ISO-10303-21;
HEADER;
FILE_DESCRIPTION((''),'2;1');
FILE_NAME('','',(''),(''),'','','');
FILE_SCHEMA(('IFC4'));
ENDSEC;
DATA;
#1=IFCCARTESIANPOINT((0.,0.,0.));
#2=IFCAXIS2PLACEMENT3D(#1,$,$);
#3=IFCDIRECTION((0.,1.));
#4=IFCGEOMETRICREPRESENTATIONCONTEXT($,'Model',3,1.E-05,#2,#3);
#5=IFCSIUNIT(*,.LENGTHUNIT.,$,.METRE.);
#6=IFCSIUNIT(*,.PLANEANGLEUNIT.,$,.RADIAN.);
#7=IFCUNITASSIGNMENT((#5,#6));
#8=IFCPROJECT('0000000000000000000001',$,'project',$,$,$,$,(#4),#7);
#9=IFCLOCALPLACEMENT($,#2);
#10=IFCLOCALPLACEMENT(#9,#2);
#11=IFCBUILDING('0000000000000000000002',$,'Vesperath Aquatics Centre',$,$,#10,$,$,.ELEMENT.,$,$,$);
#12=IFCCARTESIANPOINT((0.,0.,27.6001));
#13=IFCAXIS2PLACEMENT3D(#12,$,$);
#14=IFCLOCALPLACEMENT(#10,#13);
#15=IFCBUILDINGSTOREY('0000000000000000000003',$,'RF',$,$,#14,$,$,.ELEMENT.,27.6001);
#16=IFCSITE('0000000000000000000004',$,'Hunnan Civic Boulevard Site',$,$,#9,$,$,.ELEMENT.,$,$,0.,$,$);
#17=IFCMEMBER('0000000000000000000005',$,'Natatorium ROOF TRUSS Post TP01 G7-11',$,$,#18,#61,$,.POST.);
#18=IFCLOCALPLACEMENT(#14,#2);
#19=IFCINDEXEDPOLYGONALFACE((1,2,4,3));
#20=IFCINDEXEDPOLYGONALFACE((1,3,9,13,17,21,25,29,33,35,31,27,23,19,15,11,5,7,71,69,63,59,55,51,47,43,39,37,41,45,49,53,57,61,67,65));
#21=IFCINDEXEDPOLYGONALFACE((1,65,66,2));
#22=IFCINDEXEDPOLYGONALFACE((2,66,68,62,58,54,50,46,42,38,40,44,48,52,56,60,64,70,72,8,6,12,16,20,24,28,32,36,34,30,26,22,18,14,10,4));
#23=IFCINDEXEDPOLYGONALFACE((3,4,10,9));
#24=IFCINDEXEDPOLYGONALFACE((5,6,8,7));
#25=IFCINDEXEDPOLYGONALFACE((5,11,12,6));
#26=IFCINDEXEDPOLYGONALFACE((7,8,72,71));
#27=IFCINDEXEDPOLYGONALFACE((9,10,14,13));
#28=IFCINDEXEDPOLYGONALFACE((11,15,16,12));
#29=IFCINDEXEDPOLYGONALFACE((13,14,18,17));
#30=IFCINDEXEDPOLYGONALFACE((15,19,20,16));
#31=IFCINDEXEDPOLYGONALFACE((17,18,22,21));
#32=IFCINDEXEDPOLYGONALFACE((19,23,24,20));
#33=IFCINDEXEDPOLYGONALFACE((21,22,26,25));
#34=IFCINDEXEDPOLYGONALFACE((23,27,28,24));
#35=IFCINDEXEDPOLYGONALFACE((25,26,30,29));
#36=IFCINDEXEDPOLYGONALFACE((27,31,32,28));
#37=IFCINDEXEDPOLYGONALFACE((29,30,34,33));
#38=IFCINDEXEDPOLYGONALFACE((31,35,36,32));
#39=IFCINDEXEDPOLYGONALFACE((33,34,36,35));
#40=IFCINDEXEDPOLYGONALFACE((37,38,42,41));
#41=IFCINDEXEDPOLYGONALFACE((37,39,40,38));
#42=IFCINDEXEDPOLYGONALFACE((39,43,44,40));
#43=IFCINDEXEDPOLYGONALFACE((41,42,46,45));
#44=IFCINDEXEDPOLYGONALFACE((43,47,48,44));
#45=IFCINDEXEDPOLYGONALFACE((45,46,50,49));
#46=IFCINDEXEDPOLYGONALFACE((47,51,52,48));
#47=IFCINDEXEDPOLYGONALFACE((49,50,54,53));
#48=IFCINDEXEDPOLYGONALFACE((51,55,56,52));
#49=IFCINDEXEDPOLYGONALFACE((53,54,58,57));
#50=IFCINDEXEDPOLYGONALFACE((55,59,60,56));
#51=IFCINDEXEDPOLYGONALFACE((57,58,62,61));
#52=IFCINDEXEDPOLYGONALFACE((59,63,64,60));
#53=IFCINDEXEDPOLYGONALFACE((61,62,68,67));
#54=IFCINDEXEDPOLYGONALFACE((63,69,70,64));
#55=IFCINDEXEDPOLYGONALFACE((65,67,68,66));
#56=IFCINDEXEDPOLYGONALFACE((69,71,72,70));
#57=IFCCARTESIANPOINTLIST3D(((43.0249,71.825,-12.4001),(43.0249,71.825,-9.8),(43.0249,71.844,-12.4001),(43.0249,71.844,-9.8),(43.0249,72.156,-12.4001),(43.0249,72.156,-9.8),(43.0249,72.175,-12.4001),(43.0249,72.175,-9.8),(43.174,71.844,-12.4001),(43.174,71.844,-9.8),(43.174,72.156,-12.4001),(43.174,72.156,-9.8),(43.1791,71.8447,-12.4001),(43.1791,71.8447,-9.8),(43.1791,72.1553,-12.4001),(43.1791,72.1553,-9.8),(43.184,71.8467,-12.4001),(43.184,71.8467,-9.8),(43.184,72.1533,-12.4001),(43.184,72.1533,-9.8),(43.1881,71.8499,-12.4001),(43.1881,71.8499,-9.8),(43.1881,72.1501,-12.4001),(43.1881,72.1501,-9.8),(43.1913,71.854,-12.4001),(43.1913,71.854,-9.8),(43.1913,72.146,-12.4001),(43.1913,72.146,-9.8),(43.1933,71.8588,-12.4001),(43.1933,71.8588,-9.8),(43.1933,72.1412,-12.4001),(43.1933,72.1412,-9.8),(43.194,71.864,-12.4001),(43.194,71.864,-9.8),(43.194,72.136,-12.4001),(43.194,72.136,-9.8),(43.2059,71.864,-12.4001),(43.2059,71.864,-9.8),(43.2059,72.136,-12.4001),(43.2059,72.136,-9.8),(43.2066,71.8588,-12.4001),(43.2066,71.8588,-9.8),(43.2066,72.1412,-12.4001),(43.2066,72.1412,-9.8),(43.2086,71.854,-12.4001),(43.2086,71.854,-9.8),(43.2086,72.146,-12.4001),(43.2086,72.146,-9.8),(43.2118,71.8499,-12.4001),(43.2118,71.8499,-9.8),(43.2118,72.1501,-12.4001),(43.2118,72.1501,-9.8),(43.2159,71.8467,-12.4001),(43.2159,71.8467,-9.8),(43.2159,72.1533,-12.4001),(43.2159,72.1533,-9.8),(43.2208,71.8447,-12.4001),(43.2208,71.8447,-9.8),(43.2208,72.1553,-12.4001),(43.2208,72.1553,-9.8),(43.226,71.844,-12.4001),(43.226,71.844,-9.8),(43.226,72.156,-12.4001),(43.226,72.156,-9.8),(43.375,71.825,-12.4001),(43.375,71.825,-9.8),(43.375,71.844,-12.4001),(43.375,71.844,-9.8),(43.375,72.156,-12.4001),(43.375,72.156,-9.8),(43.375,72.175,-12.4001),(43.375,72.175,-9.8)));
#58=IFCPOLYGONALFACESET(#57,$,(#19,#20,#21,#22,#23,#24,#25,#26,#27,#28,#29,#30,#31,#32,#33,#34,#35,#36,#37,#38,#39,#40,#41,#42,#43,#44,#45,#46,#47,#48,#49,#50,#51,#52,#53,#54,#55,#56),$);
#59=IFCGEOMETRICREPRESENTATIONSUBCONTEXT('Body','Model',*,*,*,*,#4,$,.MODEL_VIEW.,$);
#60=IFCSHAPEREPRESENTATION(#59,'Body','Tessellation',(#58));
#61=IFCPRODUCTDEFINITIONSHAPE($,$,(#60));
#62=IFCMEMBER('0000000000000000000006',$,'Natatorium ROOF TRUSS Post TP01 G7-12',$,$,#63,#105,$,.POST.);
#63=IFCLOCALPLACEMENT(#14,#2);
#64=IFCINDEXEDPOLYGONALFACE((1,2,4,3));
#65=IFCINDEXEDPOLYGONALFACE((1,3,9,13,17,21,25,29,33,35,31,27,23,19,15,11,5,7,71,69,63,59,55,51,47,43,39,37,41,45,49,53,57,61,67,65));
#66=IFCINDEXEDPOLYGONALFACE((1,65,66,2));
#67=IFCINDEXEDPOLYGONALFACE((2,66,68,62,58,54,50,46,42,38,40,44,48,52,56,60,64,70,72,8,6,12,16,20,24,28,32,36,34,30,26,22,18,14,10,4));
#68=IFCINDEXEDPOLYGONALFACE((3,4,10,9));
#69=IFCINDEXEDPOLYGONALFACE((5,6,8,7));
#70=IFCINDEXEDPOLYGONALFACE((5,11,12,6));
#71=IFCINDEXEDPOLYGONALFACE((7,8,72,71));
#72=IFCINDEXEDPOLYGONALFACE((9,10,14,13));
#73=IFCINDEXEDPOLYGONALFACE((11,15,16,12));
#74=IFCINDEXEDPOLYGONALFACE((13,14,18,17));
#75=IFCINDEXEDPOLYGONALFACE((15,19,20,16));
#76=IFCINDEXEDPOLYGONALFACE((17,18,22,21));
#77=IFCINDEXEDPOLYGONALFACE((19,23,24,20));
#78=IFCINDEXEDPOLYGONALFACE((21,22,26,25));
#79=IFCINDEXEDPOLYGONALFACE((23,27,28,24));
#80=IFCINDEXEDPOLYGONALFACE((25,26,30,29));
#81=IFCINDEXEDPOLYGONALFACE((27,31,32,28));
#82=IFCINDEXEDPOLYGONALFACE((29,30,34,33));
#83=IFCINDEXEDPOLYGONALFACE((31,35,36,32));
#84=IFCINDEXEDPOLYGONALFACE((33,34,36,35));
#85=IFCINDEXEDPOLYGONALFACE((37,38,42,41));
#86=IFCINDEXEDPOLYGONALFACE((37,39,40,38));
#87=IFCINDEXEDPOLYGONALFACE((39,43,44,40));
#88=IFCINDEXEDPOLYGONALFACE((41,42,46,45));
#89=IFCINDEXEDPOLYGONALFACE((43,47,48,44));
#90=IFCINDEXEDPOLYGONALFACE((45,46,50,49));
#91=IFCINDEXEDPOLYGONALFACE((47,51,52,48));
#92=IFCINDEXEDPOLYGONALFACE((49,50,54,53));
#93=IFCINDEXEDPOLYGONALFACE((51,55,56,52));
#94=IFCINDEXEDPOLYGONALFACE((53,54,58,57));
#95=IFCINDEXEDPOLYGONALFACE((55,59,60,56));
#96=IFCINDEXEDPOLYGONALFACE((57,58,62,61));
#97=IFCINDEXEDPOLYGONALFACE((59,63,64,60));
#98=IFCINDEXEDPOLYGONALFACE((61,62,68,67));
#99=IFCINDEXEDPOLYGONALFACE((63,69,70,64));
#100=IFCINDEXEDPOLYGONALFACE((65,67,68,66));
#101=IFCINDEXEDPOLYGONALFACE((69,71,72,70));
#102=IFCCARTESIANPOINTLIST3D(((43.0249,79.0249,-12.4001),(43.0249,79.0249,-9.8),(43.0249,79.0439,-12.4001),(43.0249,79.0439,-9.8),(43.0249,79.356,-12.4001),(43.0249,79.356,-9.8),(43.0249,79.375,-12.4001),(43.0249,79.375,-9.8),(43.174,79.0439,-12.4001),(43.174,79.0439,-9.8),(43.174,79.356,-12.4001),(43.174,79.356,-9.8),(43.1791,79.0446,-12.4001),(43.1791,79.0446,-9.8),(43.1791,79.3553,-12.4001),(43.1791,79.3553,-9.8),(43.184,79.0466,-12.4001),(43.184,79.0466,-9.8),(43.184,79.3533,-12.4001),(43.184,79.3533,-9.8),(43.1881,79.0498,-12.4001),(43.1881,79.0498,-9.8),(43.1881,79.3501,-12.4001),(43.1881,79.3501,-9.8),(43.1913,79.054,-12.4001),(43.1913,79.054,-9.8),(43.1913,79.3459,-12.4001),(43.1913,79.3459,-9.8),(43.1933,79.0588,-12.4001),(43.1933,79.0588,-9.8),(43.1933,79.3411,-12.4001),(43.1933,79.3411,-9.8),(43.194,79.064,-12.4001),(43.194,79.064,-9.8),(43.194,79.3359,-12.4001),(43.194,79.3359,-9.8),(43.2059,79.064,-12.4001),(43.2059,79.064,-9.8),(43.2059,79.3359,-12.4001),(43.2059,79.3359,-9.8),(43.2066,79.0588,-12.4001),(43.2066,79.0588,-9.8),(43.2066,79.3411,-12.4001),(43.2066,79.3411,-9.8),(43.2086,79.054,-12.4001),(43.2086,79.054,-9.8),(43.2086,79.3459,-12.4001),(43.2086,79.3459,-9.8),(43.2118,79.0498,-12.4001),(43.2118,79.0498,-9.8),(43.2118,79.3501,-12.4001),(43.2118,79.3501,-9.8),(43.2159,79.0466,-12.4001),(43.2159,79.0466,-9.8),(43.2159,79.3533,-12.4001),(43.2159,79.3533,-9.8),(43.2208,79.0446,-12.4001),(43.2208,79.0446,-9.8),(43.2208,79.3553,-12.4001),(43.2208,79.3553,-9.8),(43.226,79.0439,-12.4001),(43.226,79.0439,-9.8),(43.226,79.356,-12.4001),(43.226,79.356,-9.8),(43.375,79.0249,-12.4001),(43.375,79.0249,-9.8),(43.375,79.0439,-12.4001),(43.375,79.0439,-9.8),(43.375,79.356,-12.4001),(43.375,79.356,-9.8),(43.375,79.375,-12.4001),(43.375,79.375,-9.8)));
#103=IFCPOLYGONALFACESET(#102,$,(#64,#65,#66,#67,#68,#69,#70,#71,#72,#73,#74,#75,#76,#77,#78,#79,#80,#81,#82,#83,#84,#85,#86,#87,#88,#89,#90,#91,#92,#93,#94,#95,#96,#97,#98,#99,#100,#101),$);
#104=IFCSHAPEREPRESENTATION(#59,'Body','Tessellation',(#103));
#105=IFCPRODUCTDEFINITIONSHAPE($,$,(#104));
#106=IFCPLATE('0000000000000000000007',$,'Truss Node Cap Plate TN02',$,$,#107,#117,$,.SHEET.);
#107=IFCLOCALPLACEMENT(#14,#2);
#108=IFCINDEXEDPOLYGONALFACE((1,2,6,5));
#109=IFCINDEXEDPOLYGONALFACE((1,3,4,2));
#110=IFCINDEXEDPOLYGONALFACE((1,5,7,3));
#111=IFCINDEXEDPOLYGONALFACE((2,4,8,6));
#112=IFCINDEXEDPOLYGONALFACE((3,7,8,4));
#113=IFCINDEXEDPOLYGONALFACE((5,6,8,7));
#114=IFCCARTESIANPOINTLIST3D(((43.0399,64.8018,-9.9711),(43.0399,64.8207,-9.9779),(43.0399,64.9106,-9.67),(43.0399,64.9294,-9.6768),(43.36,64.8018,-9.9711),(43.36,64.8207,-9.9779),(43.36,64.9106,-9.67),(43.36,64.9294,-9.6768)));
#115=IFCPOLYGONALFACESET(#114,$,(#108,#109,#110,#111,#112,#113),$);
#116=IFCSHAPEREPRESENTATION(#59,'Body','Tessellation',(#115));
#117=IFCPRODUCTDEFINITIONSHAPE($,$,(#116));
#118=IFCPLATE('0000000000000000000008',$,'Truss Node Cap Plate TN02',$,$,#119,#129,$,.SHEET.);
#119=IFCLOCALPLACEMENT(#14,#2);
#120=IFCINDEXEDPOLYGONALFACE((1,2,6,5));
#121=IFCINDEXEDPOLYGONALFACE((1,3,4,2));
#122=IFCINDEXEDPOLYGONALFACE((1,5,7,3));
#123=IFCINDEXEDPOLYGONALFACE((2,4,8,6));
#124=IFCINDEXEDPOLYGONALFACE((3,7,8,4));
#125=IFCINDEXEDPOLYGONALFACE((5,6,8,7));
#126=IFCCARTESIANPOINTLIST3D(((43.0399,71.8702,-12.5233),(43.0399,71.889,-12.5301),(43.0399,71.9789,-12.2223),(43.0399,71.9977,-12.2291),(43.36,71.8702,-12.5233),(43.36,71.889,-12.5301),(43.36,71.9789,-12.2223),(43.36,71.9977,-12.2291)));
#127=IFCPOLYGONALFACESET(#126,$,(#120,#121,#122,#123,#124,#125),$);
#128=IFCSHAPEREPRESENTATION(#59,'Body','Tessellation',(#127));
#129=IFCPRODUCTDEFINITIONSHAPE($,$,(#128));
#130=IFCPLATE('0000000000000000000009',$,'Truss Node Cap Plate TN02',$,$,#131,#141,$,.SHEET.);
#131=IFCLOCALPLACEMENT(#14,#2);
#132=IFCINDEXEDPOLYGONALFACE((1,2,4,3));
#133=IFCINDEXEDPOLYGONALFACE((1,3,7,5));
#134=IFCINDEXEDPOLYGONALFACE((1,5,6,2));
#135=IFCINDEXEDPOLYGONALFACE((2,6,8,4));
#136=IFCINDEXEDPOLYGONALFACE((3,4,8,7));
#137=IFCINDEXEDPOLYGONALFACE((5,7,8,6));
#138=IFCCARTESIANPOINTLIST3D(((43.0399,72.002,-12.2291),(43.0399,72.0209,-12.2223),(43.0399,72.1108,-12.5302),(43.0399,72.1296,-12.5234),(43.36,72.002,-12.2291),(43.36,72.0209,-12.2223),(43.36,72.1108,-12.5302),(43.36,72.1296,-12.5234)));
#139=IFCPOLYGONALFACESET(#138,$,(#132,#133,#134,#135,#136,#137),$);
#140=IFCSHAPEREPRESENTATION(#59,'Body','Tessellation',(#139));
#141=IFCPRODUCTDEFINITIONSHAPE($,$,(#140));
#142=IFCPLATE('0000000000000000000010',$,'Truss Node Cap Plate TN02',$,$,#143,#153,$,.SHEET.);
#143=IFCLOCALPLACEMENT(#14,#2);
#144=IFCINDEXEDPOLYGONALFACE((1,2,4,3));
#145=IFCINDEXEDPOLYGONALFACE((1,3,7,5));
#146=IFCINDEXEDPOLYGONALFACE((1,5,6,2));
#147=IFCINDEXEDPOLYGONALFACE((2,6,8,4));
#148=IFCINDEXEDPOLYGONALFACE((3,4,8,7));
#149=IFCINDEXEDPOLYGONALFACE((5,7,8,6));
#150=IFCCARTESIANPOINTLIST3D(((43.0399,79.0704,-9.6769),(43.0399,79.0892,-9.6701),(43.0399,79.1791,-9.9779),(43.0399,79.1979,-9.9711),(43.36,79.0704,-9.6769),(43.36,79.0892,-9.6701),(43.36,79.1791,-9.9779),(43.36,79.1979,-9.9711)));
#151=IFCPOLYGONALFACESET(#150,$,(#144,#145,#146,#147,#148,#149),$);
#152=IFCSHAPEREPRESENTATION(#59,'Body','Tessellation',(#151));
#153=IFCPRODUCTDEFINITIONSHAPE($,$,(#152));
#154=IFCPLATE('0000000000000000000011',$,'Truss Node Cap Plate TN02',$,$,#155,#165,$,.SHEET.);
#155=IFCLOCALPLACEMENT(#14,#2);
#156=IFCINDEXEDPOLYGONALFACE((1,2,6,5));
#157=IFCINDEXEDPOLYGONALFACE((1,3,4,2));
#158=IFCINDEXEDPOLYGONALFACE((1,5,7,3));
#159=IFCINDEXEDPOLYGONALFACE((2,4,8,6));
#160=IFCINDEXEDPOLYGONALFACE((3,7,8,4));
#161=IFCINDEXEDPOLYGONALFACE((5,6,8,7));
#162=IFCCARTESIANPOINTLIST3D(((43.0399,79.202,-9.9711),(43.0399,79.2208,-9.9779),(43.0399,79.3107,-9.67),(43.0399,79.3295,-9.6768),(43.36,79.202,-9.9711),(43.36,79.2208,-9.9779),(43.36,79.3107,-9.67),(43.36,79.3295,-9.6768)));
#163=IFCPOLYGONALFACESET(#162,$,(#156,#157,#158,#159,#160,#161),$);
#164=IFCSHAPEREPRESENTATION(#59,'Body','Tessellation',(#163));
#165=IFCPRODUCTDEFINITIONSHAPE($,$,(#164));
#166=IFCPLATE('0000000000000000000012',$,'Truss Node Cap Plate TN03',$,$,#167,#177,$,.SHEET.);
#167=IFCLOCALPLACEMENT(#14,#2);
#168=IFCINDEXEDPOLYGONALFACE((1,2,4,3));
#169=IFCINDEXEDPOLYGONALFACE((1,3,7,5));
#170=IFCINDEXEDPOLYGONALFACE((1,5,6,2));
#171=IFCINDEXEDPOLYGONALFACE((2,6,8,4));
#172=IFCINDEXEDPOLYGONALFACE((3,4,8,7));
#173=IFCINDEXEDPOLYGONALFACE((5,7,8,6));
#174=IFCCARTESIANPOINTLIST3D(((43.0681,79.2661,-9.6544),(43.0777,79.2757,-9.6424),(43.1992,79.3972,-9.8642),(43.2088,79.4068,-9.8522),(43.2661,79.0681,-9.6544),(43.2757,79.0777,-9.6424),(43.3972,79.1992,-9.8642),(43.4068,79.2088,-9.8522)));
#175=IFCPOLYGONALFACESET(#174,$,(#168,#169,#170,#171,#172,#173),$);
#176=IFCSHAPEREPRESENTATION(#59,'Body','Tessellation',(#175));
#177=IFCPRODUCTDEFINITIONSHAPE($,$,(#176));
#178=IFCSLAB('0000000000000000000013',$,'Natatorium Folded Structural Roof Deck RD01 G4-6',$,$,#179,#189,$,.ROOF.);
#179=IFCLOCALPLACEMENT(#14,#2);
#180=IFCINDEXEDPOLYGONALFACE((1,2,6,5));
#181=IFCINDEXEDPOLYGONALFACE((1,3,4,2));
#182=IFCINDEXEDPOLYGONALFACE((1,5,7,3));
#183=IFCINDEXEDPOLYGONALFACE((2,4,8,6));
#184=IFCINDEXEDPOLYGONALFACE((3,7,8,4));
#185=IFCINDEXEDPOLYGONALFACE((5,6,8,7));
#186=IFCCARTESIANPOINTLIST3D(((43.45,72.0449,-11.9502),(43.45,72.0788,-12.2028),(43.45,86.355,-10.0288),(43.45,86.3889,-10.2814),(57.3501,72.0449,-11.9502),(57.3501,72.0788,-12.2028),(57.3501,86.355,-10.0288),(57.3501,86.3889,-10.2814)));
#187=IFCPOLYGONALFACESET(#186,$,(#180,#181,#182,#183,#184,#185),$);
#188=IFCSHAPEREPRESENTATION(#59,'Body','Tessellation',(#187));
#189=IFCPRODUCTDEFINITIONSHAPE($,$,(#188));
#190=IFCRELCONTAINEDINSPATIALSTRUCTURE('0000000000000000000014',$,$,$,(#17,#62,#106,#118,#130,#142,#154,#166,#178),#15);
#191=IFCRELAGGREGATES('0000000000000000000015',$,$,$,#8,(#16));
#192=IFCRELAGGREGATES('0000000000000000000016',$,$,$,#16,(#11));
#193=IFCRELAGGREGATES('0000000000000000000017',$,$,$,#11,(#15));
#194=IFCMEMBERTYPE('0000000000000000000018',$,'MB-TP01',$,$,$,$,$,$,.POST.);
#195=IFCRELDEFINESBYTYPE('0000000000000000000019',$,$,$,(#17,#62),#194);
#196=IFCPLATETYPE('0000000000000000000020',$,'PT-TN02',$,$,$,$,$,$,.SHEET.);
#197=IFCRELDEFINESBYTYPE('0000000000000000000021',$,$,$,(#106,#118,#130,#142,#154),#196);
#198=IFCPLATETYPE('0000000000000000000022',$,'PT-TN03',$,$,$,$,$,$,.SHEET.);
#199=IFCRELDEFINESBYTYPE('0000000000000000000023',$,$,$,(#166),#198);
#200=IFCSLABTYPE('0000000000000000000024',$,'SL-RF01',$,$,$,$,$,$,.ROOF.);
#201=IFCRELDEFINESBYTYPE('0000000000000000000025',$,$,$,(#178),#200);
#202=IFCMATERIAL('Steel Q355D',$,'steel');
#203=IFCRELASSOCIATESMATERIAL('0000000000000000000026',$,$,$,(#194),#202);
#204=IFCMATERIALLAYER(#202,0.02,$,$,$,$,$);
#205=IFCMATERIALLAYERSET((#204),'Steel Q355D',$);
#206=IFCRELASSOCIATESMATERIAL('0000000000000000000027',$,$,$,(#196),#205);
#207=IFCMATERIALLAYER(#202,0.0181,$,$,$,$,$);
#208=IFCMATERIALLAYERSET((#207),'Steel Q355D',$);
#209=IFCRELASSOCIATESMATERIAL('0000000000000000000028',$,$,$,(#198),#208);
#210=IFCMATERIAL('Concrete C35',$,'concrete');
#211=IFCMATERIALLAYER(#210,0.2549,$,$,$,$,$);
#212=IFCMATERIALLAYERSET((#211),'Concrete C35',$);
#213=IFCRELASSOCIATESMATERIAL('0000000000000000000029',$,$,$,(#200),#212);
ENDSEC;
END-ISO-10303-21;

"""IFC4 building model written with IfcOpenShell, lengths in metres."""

from ifc_helpers import new_model, si_unit, direction, frame, origin, origin_2d, place, context, subcontext, project, spatial, polyline, rectangle, i_section, outline, extrude, material, layer, layer_set, material_profile, profile_set, type_object, element, save


model = new_model("IFC4")

# Units and contexts
model_context = context("Model", 3, precision=1e-05, world=origin(), true_north=direction((0.0, 1.0)))
body_context = subcontext(model_context, "Body", "Model", "MODEL_VIEW")
ifc_project = project(units=[si_unit("LENGTHUNIT", "METRE"), si_unit("PLANEANGLEUNIT", "RADIAN")], contexts=[model_context])

# Site, building, storey
site_placement = place(None, origin())
site = spatial("IfcSite", under=ifc_project, at=site_placement, Name="Hunnan Civic Boulevard Site", CompositionType="ELEMENT", RefElevation=0.0)
building_placement = place(site_placement, origin())
building = spatial("IfcBuilding", under=site, at=building_placement, Name="Vesperath Aquatics Centre", CompositionType="ELEMENT")
storey_placement = place(building_placement, frame((0.0, 0.0, 27.6001)))
storey = spatial("IfcBuildingStorey", under=building, at=storey_placement, Name="RF", CompositionType="ELEMENT", Elevation=27.6001)

# Members
ifc_material_1 = material(Name="Steel Q355D", Category="steel")
ifc_material_profile_1 = material_profile(ifc_material_1, i_section(OverallWidth=0.3501, OverallDepth=0.3501, WebThickness=0.012, FlangeThickness=0.019, FilletRadius=0.02, at=origin_2d()), Name="HW 350x350x12x19")
ifc_profile_set_1 = profile_set([ifc_material_profile_1], Name="Steel Q355D")
member_type_1 = type_object("IfcMemberType", Name="MB-TP01", PredefinedType="POST", material=ifc_profile_set_1)
for number, where, z_axis, x_axis, name in (
    (1, (43.2, 72.0, -12.4001), (0.0, 0.0, 1.0), (1.0, 0.0, 0.0), "Natatorium ROOF TRUSS Post TP01 G7-11"),
    (2, (43.2, 79.2, -12.4001), (0.0, 0.0, 1.0), (1.0, 0.0, 0.0), "Natatorium ROOF TRUSS Post TP01 G7-12"),
):
    element("IfcMember", number, at=place(storey_placement, frame(where, z_axis=z_axis, x_axis=x_axis)), inside=storey, type_object=member_type_1, Name=name, PredefinedType="POST", context=body_context, shape_type="SweptSolid", body=[
        extrude(i_section(OverallWidth=0.3501, OverallDepth=0.3501, WebThickness=0.012, FlangeThickness=0.019, FilletRadius=0.02, at=origin_2d()), origin(), (0.0, 0.0, 1.0), 2.6001),
    ])

# Plates
ifc_layer_1 = layer(ifc_material_1, 0.02)
ifc_layer_set_1 = layer_set([ifc_layer_1], Name="Steel Q355D")
plate_type_1 = type_object("IfcPlateType", Name="PT-TN02", PredefinedType="SHEET", material=ifc_layer_set_1)
for number, where, z_axis, x_axis, name in (
    (3, (43.2, 64.8562, -9.8206), (0.0, 0.940554, -0.339644), (-1.0, 0.0, 0.0), "Truss Node Cap Plate TN02"),
    (4, (43.2, 71.9246, -12.3728), (0.0, 0.940554, -0.339644), (-1.0, 0.0, 0.0), "Truss Node Cap Plate TN02"),
    (5, (43.2, 72.0564, -12.3796), (0.0, 0.940554, 0.339644), (-1.0, 0.0, 0.0), "Truss Node Cap Plate TN02"),
    (6, (43.2, 79.1248, -9.8274), (0.0, 0.940554, 0.339644), (-1.0, 0.0, 0.0), "Truss Node Cap Plate TN02"),
    (7, (43.2, 79.2563, -9.8206), (0.0, 0.940554, -0.339644), (-1.0, 0.0, 0.0), "Truss Node Cap Plate TN02"),
):
    element("IfcPlate", number, at=place(storey_placement, frame(where, z_axis=z_axis, x_axis=x_axis)), inside=storey, type_object=plate_type_1, Name=name, PredefinedType="SHEET", context=body_context, shape_type="SweptSolid", body=[
        extrude(rectangle(XDim=0.3201, YDim=0.3201, at=origin_2d()), origin(), (0.0, 0.0, 1.0), 0.02),
    ])
ifc_layer_2 = layer(ifc_material_1, 0.0181)
ifc_layer_set_2 = layer_set([ifc_layer_2], Name="Steel Q355D")
plate_type_2 = type_object("IfcPlateType", Name="PT-TN03", PredefinedType="SHEET", material=ifc_layer_set_2)
plate_placement = place(storey_placement, frame((43.2327, 79.2327, -9.7593), z_axis=(0.529813, 0.529813, 0.662266), x_axis=(-0.707107, 0.707107, 0.0)))
element("IfcPlate", 8, at=plate_placement, inside=storey, type_object=plate_type_2, Name="Truss Node Cap Plate TN03", PredefinedType="SHEET", context=body_context, shape_type="SweptSolid", body=[
    extrude(rectangle(XDim=0.28, YDim=0.28, at=origin_2d()), origin(), (0.0, 0.0, 1.0), 0.0181),
])

# Slab
ifc_material_2 = material(Name="Concrete C35", Category="concrete")
ifc_layer_3 = layer(ifc_material_2, 0.2549)
ifc_layer_set_3 = layer_set([ifc_layer_3], Name="Concrete C35")
slab_type = type_object("IfcSlabType", Name="SL-RF01", PredefinedType="ROOF", material=ifc_layer_set_3)
slab_placement = place(storey_placement, frame((43.45, 72.0449, -11.9502), z_axis=(0.0, -0.133074, 0.991106), x_axis=(1.0, 0.0, 0.0)))
element("IfcSlab", 9, at=slab_placement, inside=storey, type_object=slab_type, Name="Natatorium Folded Structural Roof Deck RD01 G4-6", PredefinedType="ROOF", context=body_context, shape_type="SweptSolid", body=[
    extrude(outline(polyline([(0.0, 0.0), (13.9001, 0.0), (13.9001, 14.4385), (0.0, 14.4385), (0.0, 0.0)])), origin(), (0.0, 0.0, -1.0), 0.2549),
])

save(model, "model.ifc")
